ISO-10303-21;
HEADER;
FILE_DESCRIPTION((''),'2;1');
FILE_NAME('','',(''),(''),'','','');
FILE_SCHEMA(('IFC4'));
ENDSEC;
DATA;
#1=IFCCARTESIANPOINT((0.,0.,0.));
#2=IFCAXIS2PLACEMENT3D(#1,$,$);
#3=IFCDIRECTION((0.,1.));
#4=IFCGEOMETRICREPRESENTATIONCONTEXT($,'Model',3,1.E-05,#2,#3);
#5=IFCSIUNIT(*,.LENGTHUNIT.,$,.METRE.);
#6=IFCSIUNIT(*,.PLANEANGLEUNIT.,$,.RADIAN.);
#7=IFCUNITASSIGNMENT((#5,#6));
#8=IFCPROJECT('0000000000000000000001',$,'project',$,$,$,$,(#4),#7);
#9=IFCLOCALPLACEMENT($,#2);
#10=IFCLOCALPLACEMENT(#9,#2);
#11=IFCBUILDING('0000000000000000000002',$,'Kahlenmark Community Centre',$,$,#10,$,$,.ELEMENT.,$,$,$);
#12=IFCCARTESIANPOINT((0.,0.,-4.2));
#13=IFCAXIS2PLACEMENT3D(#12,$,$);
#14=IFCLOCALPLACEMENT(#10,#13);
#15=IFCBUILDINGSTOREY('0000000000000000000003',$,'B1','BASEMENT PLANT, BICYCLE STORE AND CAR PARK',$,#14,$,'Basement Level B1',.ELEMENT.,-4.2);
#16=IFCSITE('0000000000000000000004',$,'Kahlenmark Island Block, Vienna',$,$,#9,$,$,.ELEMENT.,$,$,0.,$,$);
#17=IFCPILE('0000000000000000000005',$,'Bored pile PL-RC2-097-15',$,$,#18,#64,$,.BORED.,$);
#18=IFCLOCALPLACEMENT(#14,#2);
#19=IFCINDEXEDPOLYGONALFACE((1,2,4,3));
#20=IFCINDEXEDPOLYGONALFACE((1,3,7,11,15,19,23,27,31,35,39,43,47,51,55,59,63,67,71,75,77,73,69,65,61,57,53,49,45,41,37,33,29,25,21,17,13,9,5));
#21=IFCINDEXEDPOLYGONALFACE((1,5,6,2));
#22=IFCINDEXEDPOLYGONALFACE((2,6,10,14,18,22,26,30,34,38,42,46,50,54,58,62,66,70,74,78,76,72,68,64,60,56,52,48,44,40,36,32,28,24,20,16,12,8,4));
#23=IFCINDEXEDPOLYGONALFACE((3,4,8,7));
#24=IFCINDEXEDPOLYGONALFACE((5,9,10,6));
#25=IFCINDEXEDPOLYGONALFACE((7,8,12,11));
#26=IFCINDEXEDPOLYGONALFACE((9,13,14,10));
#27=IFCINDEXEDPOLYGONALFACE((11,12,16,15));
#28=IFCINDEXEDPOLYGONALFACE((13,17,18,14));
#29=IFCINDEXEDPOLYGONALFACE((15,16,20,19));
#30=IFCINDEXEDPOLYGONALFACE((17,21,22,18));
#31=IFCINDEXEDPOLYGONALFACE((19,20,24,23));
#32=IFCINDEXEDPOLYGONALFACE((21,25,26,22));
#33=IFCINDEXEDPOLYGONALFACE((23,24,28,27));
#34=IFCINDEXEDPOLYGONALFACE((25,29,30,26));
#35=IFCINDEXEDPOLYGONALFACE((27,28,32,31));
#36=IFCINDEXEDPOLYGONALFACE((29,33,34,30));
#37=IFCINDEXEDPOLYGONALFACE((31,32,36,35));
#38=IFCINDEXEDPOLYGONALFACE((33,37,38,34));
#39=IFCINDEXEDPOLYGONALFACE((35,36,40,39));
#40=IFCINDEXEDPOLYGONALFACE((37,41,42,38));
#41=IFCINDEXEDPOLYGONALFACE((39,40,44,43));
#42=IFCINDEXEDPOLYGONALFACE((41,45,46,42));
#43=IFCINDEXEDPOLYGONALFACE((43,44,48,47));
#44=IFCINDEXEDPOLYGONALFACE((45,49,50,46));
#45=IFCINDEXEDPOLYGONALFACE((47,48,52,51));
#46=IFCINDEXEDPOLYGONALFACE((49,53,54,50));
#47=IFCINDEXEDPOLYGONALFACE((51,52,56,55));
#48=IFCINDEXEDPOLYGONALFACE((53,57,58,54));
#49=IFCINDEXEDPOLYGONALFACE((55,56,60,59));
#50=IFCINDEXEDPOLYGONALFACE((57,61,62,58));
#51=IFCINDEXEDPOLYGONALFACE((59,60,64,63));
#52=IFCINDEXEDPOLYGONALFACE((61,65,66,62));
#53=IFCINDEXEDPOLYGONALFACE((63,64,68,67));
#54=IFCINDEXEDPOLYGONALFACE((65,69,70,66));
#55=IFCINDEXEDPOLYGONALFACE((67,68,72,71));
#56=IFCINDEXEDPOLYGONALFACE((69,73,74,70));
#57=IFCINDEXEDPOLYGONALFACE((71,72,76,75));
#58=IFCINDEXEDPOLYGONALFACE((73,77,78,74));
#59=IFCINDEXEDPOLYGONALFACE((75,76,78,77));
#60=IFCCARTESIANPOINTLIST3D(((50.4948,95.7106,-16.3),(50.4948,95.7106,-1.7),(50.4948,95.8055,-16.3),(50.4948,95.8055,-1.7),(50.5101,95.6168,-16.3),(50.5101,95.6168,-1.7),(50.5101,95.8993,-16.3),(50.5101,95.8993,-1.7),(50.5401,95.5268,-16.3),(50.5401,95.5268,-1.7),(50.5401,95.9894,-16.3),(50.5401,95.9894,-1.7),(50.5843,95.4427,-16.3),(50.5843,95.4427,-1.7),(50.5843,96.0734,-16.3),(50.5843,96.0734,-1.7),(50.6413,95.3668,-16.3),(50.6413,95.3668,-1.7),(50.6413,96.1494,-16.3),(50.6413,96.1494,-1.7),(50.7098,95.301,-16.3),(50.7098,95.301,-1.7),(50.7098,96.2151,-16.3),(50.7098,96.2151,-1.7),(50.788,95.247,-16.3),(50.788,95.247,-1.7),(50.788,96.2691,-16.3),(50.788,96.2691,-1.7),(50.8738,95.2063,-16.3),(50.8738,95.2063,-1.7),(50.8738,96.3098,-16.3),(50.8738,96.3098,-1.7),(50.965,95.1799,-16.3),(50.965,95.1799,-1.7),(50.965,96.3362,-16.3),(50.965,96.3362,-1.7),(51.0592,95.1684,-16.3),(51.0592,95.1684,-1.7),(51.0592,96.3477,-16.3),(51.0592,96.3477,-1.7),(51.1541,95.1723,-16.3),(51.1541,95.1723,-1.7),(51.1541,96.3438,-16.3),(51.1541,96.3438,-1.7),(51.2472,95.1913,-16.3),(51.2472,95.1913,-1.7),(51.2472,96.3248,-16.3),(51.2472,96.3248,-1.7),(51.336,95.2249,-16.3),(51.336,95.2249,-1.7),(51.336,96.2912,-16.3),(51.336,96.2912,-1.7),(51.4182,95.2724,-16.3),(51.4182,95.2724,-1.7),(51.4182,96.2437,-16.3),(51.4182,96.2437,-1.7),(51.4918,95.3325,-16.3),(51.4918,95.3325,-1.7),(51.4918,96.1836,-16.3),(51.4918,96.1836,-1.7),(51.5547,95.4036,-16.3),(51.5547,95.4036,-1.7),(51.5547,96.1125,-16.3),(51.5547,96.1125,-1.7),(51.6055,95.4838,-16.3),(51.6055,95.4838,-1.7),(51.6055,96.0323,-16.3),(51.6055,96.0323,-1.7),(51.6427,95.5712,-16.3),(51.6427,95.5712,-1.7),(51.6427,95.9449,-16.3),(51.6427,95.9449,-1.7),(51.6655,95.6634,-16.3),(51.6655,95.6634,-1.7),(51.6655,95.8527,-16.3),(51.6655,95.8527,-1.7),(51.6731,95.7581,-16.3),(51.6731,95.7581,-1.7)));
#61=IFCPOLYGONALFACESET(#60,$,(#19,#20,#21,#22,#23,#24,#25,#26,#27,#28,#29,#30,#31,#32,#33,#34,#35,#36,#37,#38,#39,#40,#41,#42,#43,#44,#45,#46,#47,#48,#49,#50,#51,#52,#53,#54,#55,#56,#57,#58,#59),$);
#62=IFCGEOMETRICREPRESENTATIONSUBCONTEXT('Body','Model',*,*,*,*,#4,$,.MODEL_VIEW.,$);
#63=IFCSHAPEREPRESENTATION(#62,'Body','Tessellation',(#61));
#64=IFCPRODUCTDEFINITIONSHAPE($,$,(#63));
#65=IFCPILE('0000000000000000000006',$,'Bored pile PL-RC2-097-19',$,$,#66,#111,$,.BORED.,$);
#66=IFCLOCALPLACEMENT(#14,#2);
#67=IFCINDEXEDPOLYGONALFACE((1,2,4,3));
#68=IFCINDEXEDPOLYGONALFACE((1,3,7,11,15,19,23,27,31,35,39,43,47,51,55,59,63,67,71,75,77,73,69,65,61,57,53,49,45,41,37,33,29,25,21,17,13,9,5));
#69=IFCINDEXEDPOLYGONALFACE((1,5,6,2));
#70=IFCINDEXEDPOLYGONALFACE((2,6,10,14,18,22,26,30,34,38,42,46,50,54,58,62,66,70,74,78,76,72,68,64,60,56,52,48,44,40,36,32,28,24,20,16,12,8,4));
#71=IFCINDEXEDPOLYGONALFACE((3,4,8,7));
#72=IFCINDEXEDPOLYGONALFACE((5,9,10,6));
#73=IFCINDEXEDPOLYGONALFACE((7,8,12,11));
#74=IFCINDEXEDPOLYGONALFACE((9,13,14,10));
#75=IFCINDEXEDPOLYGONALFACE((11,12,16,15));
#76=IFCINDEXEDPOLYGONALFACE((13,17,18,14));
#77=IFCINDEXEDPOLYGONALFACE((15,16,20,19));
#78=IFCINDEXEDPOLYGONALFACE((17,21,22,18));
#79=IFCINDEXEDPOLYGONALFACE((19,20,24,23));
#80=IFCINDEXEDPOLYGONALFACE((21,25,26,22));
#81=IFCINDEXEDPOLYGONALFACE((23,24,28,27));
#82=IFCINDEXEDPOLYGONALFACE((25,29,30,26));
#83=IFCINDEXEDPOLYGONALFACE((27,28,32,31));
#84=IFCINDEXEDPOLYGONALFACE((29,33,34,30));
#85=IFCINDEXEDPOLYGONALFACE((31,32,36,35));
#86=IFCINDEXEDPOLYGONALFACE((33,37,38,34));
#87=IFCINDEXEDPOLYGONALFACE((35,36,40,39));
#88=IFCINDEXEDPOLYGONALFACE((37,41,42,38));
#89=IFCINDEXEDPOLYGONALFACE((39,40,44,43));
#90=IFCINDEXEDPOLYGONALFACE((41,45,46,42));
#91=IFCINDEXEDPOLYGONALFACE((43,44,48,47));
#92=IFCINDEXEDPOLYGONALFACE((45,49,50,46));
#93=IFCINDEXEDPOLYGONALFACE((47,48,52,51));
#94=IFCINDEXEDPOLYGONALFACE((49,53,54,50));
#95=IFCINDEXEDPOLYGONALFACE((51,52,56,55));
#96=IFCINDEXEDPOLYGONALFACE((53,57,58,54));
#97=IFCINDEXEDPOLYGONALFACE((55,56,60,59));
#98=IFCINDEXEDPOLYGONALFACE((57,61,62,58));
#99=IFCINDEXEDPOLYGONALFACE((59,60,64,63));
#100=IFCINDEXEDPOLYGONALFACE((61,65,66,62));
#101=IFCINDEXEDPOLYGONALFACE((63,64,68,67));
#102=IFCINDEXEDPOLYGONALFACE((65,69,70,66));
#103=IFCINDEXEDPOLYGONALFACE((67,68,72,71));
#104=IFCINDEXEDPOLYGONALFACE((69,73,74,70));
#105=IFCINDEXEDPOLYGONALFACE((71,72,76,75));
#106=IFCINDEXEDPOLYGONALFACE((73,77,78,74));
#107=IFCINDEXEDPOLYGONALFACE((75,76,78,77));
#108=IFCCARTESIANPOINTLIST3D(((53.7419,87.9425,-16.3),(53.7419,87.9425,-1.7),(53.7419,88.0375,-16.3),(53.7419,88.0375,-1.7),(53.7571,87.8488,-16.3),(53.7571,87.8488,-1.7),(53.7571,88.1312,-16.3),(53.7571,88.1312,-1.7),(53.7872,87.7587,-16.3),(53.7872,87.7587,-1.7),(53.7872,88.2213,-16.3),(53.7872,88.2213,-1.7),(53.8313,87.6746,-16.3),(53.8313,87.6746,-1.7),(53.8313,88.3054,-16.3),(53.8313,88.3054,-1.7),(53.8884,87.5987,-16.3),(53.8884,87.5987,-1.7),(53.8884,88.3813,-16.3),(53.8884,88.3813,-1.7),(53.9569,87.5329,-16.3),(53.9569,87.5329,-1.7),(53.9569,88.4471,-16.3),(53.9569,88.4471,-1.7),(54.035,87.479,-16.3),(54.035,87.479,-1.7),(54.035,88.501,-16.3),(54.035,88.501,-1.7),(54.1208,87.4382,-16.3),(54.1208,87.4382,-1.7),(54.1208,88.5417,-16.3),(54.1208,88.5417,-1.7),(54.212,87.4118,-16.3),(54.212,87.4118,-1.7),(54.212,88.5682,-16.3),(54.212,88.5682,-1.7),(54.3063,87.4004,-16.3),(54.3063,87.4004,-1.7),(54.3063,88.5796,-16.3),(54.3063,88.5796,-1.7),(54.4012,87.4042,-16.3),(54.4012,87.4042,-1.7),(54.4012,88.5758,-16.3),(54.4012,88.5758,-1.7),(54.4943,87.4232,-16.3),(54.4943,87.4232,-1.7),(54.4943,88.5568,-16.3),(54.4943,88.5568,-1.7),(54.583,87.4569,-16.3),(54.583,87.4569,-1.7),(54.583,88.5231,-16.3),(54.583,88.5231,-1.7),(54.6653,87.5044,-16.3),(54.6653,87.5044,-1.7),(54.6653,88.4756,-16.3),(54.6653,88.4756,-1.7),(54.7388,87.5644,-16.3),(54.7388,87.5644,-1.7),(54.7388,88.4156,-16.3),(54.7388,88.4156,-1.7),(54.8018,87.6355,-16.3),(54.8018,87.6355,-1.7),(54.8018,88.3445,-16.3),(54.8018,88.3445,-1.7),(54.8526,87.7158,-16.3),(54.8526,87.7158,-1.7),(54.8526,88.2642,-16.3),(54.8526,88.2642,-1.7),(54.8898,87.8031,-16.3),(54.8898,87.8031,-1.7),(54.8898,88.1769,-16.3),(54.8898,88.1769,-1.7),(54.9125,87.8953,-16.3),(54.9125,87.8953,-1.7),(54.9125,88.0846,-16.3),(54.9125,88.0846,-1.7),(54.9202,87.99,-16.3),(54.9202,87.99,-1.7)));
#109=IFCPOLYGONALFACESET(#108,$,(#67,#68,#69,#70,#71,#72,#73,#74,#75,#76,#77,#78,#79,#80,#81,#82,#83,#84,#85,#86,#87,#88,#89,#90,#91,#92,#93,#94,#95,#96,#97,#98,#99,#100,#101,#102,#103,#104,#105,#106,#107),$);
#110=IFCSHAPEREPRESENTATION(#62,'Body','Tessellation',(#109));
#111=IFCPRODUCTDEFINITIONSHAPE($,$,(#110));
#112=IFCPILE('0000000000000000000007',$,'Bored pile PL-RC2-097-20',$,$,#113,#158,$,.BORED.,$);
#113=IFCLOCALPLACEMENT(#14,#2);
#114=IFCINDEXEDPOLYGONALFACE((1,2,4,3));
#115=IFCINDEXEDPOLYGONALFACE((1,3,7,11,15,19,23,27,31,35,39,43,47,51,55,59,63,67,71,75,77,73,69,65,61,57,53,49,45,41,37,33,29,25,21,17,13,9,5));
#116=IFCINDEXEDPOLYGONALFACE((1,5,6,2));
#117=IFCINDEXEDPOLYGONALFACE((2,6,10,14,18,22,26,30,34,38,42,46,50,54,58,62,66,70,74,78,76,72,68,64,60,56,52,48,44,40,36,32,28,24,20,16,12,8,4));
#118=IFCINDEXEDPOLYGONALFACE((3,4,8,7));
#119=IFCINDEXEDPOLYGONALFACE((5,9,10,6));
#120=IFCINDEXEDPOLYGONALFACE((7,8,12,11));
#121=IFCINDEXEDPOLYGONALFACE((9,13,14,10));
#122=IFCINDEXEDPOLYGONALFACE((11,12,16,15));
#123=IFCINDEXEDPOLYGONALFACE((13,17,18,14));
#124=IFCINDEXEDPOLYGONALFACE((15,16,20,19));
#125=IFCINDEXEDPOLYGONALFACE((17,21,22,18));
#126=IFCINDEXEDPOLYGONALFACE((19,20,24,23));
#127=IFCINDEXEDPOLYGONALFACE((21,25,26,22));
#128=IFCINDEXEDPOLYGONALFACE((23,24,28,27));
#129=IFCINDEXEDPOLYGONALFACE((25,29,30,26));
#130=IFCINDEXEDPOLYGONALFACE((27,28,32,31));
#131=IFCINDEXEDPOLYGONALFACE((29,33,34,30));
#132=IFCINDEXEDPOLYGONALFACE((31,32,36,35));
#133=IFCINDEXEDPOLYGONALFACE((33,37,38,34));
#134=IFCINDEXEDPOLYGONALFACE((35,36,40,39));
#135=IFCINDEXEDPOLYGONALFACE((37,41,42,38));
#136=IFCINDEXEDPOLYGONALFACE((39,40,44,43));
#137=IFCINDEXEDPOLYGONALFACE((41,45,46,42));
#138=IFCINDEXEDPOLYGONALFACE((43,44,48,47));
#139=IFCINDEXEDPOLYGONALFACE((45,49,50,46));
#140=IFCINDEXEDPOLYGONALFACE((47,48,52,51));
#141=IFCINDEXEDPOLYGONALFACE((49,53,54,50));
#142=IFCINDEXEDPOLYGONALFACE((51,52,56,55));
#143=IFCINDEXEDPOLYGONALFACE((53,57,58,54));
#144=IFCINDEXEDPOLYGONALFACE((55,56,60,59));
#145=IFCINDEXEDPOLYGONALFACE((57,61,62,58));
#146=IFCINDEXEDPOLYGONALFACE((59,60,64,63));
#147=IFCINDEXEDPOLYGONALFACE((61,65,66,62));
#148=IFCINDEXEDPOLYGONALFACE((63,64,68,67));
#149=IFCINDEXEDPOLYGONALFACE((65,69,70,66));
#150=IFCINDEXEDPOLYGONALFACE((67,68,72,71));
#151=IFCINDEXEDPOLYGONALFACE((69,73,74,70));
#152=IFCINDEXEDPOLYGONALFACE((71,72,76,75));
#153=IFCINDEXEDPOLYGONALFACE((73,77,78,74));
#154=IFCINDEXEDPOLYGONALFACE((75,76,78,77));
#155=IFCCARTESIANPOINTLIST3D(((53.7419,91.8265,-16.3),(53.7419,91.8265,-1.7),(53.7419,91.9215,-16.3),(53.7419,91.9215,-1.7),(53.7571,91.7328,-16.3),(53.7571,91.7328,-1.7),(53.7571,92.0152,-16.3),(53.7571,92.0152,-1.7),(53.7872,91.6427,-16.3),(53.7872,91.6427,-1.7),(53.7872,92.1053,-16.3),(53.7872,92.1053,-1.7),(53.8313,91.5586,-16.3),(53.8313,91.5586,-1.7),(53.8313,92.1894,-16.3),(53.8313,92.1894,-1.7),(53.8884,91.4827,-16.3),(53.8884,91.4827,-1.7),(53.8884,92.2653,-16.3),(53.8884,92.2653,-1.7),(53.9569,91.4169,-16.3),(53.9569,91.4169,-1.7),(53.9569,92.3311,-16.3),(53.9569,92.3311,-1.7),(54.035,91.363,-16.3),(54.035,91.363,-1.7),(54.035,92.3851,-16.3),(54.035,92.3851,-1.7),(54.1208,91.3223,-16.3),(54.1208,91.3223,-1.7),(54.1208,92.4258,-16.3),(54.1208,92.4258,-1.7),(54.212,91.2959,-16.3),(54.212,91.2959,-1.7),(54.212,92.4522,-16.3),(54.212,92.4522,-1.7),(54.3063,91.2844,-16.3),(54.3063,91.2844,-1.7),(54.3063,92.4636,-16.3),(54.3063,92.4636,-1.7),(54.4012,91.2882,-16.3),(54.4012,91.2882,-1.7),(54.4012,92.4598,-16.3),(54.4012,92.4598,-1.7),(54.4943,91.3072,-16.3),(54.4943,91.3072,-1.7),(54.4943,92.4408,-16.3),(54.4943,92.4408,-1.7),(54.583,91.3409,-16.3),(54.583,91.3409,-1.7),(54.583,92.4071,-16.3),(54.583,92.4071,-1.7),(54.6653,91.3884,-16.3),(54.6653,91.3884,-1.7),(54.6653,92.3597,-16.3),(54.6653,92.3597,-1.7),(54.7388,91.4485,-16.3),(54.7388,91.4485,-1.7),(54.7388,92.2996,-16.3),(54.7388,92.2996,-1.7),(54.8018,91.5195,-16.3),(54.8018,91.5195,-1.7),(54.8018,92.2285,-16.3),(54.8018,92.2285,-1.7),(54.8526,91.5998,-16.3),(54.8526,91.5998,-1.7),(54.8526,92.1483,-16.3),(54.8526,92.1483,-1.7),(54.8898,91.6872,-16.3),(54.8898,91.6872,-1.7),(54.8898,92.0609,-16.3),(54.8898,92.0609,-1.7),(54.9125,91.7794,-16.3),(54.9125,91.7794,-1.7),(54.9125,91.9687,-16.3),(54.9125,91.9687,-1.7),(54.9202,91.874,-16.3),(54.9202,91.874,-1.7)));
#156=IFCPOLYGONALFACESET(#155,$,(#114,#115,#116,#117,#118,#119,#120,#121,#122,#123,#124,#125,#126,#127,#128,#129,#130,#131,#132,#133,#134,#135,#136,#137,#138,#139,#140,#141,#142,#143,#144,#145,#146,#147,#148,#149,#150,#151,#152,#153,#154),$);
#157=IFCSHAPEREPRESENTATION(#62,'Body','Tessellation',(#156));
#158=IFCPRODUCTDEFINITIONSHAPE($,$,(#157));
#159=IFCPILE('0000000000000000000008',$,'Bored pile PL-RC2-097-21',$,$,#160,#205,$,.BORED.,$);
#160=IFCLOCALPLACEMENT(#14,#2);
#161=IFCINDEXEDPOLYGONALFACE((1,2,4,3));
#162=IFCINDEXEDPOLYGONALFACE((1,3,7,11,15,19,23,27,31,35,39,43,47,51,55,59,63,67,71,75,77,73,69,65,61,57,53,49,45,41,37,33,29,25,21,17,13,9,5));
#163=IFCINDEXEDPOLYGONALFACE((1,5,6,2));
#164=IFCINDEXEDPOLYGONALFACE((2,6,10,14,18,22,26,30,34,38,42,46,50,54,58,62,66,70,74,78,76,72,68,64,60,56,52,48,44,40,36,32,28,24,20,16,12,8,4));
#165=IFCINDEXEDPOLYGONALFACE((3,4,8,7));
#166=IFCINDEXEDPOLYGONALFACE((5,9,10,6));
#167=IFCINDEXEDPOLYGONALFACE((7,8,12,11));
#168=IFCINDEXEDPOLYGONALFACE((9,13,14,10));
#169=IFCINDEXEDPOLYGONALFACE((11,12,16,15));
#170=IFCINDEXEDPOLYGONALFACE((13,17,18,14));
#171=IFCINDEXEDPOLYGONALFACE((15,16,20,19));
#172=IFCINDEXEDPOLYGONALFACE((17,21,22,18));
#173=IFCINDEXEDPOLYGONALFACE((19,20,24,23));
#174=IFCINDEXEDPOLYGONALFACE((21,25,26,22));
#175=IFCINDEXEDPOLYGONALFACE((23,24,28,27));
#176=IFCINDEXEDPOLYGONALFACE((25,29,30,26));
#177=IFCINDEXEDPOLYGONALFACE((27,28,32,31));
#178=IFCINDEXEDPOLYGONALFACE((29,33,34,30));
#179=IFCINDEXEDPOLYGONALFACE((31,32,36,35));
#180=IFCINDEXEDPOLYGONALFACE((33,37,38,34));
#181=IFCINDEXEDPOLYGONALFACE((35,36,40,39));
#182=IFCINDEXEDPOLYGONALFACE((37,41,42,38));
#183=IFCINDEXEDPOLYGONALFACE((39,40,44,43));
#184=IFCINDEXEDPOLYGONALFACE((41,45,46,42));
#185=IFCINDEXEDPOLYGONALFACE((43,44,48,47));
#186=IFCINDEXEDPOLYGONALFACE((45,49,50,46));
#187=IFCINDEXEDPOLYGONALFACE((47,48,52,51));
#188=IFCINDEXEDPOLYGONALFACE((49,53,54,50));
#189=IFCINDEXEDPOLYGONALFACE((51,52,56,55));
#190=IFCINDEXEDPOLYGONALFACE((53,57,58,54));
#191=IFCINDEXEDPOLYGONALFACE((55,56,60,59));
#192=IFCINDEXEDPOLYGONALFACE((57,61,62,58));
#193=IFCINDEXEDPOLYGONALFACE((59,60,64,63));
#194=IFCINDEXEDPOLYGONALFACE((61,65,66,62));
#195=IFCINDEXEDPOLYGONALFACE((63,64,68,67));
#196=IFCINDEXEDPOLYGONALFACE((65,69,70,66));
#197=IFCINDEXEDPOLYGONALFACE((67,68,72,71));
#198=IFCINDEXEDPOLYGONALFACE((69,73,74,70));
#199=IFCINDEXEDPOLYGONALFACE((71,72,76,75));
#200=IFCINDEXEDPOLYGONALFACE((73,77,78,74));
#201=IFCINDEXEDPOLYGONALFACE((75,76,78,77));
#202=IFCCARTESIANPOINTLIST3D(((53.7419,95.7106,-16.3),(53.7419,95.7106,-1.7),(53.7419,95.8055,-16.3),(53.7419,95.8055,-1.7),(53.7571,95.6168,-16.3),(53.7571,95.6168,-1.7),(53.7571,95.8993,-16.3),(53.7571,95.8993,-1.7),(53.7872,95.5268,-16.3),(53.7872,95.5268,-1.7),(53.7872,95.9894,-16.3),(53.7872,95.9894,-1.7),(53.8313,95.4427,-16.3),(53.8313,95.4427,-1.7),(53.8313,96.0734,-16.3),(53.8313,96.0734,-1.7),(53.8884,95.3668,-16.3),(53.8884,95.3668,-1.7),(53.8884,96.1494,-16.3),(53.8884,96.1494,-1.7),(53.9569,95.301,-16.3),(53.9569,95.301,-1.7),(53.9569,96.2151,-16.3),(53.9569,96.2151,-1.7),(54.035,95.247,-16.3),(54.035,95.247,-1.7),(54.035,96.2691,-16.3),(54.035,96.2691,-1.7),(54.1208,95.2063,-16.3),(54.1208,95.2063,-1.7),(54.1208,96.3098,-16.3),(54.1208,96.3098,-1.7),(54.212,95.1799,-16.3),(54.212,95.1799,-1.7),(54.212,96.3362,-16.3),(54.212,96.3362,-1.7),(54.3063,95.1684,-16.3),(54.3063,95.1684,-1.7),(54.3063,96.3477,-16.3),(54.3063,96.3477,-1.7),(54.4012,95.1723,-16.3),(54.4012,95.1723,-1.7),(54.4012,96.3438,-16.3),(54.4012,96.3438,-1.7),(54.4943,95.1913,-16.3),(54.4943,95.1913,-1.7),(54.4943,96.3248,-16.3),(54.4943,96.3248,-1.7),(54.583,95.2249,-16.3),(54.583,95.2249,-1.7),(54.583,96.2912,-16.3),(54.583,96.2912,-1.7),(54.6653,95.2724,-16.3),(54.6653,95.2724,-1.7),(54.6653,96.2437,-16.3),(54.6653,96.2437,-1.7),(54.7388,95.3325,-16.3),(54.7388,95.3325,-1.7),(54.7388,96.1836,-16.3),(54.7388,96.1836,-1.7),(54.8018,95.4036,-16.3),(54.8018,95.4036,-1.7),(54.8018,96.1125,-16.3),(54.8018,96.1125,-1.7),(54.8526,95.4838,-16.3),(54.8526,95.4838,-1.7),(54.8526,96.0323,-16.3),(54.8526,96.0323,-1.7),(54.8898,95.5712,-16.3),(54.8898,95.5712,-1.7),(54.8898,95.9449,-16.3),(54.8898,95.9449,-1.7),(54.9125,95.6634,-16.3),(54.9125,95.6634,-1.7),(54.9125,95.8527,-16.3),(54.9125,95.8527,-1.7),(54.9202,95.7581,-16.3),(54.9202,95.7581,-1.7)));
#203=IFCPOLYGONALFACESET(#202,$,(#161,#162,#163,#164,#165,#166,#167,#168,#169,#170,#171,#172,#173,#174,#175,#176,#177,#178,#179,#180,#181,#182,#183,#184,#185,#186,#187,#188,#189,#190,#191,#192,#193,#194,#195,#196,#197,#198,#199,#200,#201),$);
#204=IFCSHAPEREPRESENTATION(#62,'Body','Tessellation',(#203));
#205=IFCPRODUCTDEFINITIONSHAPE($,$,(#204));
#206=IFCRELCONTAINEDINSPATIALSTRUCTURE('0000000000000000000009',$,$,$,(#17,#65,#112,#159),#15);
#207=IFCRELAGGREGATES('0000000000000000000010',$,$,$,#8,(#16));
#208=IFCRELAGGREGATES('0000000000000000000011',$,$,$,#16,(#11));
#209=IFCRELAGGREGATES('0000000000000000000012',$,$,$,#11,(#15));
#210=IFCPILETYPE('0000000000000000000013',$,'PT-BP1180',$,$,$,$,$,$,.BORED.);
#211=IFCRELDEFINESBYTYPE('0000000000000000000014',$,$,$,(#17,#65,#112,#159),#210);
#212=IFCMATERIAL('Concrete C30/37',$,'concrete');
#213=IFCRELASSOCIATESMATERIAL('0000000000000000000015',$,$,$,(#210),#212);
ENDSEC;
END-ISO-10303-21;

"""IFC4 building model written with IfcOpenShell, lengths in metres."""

from ifc_helpers import new_model, si_unit, direction, frame, origin, origin_2d, place, context, subcontext, project, spatial, circle, extrude, material, material_profile, profile_set, type_object, element, save


model = new_model("IFC4")

# Units and contexts
model_context = context("Model", 3, precision=1e-05, world=origin(), true_north=direction((0.0, 1.0)))
body_context = subcontext(model_context, "Body", "Model", "MODEL_VIEW")
ifc_project = project(units=[si_unit("LENGTHUNIT", "METRE"), si_unit("PLANEANGLEUNIT", "RADIAN")], contexts=[model_context])

# Site, building, storey
site_placement = place(None, origin())
site = spatial("IfcSite", under=ifc_project, at=site_placement, Name="Kahlenmark Island Block, Vienna", CompositionType="ELEMENT", RefElevation=0.0)
building_placement = place(site_placement, origin())
building = spatial("IfcBuilding", under=site, at=building_placement, Name="Kahlenmark Community Centre", CompositionType="ELEMENT")
storey_placement = place(building_placement, frame((0.0, 0.0, -4.2)))
storey = spatial("IfcBuildingStorey", under=building, at=storey_placement, Name="B1", Description="BASEMENT PLANT, BICYCLE STORE AND CAR PARK", LongName="Basement Level B1", CompositionType="ELEMENT", Elevation=-4.2)

# Shared definitions
ifc_material_1 = material(Name="Concrete C30/37", Category="concrete")

# Piles
ifc_material_profile_1 = material_profile(ifc_material_1, circle(Radius=0.5901, at=origin_2d()), Name="BORED PILE 1180")
ifc_profile_set_1 = profile_set([ifc_material_profile_1], Name="Concrete C30/37")
pile_type = type_object("IfcPileType", Name="PT-BP1180", PredefinedType="BORED", material=ifc_profile_set_1)
for number, where, z_axis, x_axis, name in (
    (1, (51.083, 95.7581, -1.7), (0.0, 0.0, -1.0), (1.0, 0.0, 0.0), "Bored pile PL-RC2-097-15"),
    (2, (54.3301, 87.99, -1.7), (0.0, 0.0, -1.0), (1.0, 0.0, 0.0), "Bored pile PL-RC2-097-19"),
    (3, (54.3301, 91.874, -1.7), (0.0, 0.0, -1.0), (1.0, 0.0, 0.0), "Bored pile PL-RC2-097-20"),
    (4, (54.3301, 95.7581, -1.7), (0.0, 0.0, -1.0), (1.0, 0.0, 0.0), "Bored pile PL-RC2-097-21"),
):
    element("IfcPile", number, at=place(storey_placement, frame(where, z_axis=z_axis, x_axis=x_axis)), inside=storey, type_object=pile_type, Name=name, PredefinedType="BORED", context=body_context, shape_type="SweptSolid", body=[
        extrude(circle(Radius=0.5901, at=origin_2d()), origin(), (0.0, 0.0, 1.0), 14.6001),
    ])

save(model, "model.ifc")
